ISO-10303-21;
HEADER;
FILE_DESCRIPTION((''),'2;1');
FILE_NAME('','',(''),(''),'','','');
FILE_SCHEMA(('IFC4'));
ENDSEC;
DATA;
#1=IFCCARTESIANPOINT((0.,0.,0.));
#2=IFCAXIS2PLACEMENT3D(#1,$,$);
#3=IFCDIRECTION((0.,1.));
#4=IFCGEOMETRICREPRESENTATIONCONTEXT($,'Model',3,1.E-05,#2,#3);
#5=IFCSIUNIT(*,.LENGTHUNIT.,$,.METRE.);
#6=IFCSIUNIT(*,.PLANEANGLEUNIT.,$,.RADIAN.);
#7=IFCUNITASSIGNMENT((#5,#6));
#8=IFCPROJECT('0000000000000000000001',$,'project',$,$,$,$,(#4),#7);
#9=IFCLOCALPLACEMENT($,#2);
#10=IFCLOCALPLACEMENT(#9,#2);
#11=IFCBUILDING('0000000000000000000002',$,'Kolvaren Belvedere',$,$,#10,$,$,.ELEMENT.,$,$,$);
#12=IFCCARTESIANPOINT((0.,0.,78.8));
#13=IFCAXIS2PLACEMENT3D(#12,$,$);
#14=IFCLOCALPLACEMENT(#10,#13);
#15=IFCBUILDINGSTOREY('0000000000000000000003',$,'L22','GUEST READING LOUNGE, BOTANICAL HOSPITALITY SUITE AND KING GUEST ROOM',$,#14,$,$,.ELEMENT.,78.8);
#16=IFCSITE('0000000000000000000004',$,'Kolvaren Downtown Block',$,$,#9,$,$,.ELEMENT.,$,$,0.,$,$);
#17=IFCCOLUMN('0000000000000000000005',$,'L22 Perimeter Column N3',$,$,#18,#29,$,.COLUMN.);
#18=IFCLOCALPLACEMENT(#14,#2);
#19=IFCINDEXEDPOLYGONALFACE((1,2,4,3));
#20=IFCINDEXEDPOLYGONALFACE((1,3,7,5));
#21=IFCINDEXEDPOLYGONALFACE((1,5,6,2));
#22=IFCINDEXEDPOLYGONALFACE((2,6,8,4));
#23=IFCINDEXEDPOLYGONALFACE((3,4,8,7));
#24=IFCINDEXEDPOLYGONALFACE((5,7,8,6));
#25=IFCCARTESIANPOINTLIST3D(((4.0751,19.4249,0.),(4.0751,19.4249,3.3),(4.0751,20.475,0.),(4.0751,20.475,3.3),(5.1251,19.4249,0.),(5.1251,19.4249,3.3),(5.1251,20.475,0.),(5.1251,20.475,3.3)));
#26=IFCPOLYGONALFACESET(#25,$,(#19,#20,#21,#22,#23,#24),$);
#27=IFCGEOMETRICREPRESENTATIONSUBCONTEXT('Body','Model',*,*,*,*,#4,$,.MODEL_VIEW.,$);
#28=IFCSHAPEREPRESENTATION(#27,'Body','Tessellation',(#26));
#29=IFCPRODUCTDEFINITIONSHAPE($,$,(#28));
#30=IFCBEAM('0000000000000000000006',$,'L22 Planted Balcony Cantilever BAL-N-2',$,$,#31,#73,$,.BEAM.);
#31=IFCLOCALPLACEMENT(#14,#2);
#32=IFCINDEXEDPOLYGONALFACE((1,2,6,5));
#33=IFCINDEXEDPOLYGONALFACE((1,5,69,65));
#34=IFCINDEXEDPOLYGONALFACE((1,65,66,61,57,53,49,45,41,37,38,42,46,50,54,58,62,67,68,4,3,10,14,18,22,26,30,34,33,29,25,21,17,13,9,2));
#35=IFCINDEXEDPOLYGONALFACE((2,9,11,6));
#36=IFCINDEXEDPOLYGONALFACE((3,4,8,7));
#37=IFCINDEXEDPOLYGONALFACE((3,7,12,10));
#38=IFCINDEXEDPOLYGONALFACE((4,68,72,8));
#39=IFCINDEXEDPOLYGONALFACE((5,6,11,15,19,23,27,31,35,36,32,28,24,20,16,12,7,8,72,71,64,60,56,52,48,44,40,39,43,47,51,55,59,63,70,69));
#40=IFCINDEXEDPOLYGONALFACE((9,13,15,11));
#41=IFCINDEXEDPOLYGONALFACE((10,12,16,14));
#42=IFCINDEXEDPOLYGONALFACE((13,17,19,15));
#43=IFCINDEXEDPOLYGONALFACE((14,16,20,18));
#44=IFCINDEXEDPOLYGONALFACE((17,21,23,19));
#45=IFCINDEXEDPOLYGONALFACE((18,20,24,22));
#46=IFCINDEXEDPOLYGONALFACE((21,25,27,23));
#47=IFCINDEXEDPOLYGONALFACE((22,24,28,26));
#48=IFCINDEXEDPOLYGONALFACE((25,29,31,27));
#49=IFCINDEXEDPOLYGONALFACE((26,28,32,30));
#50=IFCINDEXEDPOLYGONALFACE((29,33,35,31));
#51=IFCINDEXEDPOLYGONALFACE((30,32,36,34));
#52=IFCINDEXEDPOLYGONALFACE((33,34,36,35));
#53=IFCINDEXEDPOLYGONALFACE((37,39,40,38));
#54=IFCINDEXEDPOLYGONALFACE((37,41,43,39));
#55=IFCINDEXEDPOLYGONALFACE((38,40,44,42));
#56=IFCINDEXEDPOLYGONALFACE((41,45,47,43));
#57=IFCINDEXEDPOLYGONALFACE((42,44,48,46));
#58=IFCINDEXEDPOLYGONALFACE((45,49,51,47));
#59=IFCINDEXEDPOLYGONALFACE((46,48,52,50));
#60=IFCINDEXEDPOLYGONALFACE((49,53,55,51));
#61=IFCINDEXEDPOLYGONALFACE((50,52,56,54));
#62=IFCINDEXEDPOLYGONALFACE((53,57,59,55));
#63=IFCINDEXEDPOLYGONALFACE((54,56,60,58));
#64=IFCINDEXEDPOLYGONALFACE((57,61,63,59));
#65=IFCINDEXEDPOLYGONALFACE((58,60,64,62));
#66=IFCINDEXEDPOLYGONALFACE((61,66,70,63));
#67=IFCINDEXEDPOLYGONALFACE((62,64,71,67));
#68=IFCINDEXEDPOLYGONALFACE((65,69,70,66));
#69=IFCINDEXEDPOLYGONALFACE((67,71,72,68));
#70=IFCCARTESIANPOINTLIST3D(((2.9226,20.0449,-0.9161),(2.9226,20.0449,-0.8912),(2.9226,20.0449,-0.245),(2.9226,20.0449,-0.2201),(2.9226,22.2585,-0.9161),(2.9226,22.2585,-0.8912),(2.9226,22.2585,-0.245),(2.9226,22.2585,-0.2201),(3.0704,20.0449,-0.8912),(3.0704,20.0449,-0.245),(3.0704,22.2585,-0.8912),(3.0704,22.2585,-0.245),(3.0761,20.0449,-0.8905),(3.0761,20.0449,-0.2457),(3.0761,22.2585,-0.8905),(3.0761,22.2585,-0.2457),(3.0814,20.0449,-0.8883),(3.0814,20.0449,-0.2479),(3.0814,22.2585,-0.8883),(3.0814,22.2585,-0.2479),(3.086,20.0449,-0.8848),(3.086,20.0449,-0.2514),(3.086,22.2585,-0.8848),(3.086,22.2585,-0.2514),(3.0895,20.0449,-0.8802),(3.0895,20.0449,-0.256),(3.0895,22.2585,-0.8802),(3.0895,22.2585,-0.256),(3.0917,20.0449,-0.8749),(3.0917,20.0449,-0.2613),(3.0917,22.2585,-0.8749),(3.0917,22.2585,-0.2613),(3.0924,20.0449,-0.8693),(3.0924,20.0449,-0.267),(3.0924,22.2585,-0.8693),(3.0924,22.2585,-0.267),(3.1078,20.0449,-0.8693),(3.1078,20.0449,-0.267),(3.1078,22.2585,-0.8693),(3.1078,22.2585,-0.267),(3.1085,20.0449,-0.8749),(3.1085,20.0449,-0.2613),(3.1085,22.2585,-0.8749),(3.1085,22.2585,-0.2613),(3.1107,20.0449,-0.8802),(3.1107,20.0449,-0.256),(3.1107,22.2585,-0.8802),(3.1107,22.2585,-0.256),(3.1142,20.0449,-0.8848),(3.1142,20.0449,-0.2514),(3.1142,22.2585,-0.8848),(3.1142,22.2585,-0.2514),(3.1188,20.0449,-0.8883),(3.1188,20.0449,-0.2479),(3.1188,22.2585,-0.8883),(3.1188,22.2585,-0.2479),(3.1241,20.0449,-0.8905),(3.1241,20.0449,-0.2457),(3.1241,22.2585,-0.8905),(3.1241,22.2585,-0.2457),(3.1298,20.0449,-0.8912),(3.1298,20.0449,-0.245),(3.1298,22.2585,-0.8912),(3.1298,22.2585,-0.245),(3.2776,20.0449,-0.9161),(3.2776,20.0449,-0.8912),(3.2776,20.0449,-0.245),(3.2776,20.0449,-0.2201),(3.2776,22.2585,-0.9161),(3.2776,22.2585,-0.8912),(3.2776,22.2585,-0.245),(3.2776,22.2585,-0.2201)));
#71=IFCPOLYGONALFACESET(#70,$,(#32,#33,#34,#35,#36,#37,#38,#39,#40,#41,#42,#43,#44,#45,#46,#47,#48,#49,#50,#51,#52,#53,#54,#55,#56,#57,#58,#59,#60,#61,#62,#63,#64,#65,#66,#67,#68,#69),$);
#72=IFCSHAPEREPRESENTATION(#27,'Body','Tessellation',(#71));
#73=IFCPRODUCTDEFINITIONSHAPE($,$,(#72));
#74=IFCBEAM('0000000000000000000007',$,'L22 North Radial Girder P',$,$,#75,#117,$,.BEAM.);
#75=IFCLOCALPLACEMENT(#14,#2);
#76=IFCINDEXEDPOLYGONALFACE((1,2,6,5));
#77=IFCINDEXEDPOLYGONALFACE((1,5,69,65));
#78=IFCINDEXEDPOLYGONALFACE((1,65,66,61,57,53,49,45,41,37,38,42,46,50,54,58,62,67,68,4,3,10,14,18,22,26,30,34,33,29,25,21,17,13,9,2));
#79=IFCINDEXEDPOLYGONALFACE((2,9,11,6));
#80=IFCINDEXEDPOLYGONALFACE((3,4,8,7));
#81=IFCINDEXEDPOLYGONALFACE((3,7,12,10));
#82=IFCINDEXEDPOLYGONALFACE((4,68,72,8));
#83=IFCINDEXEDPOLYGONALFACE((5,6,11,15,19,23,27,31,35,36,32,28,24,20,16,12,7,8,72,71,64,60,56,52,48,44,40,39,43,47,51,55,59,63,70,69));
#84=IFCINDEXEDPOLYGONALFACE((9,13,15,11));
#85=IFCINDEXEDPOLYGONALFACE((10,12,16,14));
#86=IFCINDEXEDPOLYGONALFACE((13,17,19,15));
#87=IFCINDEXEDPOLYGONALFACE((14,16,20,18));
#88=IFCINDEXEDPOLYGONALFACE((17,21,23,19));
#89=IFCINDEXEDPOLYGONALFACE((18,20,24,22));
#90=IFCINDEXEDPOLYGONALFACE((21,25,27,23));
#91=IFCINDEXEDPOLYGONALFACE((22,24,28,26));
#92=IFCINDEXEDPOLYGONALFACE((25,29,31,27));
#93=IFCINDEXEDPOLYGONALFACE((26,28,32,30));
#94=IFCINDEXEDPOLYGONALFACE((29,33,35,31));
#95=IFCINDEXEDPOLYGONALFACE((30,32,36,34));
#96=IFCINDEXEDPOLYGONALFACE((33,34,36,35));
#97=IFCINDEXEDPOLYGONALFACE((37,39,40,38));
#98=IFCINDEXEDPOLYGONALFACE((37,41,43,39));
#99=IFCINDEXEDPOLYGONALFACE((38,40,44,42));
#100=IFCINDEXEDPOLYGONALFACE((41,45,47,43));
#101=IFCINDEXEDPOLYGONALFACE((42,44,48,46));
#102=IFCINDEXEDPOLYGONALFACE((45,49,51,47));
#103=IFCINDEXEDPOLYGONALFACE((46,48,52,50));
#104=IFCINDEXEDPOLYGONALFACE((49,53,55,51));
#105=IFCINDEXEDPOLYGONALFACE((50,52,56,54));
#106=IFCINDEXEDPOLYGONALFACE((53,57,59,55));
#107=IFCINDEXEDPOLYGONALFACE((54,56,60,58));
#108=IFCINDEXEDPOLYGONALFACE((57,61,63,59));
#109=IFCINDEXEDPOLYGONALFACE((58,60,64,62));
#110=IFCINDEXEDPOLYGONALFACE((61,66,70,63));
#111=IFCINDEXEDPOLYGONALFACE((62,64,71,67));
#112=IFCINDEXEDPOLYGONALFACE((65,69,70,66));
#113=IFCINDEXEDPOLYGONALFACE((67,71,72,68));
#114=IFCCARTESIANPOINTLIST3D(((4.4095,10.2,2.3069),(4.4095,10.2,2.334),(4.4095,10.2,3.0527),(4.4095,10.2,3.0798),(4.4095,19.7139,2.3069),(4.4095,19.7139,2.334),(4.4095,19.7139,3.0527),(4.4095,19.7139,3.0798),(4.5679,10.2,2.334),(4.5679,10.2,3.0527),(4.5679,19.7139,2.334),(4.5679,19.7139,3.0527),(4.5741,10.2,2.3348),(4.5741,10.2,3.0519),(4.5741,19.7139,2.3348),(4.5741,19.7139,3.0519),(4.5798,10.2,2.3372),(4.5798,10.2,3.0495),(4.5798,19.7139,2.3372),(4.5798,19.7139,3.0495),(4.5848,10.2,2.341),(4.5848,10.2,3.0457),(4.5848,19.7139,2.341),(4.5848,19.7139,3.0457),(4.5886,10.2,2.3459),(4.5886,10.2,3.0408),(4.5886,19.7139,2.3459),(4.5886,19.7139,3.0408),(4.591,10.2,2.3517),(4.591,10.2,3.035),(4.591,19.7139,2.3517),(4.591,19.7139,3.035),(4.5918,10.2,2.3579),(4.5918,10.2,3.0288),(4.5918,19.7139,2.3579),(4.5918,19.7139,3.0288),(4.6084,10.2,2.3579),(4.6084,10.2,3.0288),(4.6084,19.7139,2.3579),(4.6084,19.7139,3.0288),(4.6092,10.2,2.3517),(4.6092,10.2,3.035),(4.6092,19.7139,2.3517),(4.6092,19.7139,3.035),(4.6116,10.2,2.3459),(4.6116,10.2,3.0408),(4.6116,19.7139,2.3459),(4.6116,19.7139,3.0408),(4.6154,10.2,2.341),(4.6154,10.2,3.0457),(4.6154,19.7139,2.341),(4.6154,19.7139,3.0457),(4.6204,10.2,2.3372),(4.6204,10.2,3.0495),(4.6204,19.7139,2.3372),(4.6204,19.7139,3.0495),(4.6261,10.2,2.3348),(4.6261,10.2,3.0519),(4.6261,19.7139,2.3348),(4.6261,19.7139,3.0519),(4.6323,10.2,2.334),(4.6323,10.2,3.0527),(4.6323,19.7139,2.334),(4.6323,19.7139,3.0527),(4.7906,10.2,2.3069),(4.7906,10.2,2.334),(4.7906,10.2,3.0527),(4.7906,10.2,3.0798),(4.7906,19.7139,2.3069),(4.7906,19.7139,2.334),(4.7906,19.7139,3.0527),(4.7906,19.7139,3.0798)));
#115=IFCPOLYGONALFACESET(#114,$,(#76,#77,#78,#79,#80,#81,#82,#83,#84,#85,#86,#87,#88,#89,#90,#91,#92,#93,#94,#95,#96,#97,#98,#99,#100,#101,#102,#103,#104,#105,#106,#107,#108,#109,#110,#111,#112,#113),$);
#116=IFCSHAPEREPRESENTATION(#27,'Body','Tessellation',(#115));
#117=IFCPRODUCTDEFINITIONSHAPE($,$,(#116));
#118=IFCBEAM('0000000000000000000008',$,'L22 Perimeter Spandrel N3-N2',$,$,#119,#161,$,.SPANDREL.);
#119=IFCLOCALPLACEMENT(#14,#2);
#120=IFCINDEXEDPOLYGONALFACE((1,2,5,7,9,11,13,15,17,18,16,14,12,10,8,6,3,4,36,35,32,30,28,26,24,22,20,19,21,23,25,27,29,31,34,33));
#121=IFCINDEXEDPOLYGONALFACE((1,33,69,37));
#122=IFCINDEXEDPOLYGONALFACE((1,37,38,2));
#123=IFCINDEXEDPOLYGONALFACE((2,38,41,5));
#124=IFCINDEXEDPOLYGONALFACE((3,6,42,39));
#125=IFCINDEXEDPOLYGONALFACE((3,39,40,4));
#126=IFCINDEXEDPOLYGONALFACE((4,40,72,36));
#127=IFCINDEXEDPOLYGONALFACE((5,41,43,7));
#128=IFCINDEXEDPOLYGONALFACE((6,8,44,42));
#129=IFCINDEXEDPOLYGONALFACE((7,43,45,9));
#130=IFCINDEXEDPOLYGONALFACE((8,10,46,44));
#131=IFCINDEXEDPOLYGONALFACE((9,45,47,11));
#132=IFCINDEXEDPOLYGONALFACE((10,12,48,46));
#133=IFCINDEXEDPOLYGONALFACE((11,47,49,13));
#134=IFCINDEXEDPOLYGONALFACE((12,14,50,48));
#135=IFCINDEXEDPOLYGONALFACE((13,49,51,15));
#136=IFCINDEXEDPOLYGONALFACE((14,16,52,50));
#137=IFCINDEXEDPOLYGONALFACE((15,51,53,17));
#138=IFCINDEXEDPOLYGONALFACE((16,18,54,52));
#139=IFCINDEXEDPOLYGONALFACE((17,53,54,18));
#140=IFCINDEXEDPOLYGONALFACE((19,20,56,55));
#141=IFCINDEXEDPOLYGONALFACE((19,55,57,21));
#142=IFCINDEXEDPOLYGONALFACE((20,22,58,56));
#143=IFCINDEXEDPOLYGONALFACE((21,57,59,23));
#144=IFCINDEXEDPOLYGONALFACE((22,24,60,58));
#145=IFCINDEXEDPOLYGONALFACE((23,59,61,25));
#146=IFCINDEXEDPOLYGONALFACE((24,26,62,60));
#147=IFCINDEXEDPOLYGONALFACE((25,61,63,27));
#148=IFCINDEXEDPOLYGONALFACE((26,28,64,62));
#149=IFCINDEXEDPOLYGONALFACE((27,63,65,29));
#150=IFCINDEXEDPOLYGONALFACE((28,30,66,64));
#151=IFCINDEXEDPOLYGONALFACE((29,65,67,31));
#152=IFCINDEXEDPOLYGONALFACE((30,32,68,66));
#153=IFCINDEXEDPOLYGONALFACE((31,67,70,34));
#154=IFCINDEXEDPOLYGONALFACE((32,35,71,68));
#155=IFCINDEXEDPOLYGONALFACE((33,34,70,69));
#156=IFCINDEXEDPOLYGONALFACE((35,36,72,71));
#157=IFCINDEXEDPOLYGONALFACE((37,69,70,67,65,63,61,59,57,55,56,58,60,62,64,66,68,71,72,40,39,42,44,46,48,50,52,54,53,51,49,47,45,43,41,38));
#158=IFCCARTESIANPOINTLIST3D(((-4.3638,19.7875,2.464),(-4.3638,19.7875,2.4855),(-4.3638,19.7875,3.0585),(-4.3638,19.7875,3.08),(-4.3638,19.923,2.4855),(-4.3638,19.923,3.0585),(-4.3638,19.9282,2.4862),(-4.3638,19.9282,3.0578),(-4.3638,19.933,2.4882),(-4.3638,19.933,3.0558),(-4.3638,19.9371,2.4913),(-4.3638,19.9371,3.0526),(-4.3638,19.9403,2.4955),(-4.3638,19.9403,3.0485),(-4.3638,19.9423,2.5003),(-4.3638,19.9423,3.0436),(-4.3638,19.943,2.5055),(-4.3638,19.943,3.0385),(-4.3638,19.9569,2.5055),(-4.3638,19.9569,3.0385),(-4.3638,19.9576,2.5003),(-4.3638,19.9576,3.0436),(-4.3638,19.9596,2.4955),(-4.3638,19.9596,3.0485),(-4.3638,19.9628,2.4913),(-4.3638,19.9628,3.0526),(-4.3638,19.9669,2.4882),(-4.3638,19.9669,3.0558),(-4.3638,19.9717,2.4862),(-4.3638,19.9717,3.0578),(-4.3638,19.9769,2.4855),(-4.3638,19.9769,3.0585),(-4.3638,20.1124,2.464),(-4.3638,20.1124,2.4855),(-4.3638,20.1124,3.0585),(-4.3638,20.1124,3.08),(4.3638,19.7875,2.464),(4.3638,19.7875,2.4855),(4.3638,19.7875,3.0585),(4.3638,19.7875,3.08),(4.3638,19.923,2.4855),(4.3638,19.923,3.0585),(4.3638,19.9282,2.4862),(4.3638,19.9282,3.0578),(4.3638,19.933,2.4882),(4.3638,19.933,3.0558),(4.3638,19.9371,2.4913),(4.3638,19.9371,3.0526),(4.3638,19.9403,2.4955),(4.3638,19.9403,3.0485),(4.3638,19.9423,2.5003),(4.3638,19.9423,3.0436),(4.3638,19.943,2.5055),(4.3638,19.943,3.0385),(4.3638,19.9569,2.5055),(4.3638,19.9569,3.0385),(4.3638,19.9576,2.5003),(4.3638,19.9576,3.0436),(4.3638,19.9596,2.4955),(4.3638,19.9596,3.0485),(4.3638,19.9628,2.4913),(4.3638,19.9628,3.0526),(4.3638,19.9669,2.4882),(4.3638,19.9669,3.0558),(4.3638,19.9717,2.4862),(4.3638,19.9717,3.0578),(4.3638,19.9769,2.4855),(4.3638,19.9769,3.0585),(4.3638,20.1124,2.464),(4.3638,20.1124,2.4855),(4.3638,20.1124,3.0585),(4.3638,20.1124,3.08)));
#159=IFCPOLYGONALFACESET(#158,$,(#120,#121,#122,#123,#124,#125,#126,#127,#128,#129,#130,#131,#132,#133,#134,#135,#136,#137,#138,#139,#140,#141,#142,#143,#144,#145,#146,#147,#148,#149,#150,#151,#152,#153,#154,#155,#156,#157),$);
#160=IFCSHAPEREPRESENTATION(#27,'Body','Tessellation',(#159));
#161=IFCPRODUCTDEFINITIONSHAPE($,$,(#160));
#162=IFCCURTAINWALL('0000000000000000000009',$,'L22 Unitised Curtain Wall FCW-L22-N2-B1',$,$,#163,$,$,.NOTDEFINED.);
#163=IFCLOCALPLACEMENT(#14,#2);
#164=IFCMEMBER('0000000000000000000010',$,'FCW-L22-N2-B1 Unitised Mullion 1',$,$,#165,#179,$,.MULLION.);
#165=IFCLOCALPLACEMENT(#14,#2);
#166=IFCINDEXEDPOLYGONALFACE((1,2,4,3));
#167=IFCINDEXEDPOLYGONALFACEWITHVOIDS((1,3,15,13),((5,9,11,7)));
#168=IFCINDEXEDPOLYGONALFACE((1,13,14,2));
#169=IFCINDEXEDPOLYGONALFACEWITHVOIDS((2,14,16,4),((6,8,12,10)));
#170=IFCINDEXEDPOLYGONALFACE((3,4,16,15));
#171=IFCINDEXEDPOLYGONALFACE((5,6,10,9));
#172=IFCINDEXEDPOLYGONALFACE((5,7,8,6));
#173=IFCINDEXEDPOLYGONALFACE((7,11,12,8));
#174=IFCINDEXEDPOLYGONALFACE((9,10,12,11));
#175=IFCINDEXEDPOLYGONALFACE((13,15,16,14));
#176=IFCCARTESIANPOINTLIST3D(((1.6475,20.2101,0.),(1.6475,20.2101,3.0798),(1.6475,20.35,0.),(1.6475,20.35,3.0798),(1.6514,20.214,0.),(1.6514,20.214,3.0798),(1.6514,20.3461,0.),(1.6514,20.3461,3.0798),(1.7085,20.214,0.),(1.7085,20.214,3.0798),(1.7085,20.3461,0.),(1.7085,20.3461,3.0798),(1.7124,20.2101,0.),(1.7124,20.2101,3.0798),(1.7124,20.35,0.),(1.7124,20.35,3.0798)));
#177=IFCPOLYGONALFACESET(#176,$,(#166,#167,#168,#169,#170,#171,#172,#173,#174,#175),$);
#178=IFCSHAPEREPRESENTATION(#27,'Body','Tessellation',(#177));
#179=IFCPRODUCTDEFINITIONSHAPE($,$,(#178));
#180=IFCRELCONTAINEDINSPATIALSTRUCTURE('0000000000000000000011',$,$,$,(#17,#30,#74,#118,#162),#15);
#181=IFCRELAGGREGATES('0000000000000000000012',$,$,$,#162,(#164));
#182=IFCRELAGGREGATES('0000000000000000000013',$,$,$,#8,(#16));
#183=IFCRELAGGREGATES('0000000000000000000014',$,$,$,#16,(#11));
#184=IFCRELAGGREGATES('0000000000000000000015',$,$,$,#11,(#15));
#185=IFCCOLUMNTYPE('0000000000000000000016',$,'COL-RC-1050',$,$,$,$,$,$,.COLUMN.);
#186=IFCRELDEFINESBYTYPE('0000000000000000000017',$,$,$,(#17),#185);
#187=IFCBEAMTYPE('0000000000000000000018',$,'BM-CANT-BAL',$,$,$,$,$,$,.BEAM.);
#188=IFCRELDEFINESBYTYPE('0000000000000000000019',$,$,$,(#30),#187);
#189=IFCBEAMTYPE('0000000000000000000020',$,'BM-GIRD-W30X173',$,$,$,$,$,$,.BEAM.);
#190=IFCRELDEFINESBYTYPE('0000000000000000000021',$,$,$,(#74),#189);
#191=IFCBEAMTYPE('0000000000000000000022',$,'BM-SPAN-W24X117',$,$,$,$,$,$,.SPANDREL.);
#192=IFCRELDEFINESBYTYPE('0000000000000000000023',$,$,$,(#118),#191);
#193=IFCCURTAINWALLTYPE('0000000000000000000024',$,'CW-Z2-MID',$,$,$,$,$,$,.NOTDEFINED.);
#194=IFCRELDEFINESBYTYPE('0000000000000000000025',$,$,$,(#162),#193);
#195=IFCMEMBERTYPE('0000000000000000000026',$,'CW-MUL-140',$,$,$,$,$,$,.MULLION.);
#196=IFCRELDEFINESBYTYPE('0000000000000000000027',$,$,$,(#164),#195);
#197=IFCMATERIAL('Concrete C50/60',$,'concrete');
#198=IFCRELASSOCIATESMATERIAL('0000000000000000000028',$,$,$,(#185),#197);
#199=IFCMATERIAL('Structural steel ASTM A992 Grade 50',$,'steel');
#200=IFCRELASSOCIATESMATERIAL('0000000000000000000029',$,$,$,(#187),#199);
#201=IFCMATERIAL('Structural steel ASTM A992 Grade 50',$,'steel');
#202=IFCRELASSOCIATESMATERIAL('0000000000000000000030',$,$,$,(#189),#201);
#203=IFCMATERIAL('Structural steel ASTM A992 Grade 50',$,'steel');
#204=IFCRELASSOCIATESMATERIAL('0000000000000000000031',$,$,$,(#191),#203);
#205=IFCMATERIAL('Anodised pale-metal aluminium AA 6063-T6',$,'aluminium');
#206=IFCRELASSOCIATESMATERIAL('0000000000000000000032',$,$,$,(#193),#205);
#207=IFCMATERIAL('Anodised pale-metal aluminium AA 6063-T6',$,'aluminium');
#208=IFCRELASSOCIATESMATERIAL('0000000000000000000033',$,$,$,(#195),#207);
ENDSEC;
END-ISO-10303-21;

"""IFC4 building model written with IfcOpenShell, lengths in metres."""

from ifc_helpers import new_model, si_unit, direction, frame, origin, origin_2d, place, context, subcontext, project, spatial, rectangle, hollow_rectangle, i_section, extrude, material, material_profile, profile_set, type_object, element, aggregate, save


model = new_model("IFC4")

# Units and contexts
model_context = context("Model", 3, precision=1e-05, world=origin(), true_north=direction((0.0, 1.0)))
body_context = subcontext(model_context, "Body", "Model", "MODEL_VIEW")
ifc_project = project(units=[si_unit("LENGTHUNIT", "METRE"), si_unit("PLANEANGLEUNIT", "RADIAN")], contexts=[model_context])

# Site, building, storey
site_placement = place(None, origin())
site = spatial("IfcSite", under=ifc_project, at=site_placement, Name="Kolvaren Downtown Block", CompositionType="ELEMENT", RefElevation=0.0)
building_placement = place(site_placement, origin())
building = spatial("IfcBuilding", under=site, at=building_placement, Name="Kolvaren Belvedere", CompositionType="ELEMENT")
storey_placement = place(building_placement, frame((0.0, 0.0, 78.8)))
storey = spatial("IfcBuildingStorey", under=building, at=storey_placement, Name="L22", Description="GUEST READING LOUNGE, BOTANICAL HOSPITALITY SUITE AND KING GUEST ROOM", CompositionType="ELEMENT", Elevation=78.8)

# Column
ifc_material_1 = material(Name="Concrete C50/60", Category="concrete")
ifc_material_profile_1 = material_profile(ifc_material_1, rectangle(XDim=1.05, YDim=1.05, at=origin_2d()), Name="RC 1050X1050")
ifc_profile_set_1 = profile_set([ifc_material_profile_1], Name="Concrete C50/60")
column_type = type_object("IfcColumnType", Name="COL-RC-1050", PredefinedType="COLUMN", material=ifc_profile_set_1)
column_placement = place(storey_placement, frame((4.6001, 19.95, 0.0), z_axis=(0.0, 0.0, 1.0), x_axis=(1.0, 0.0, 0.0)))
element("IfcColumn", 1, at=column_placement, inside=storey, type_object=column_type, Name="L22 Perimeter Column N3", PredefinedType="COLUMN", context=body_context, shape_type="SweptSolid", body=[
    extrude(rectangle(XDim=1.05, YDim=1.05, at=origin_2d()), origin(), (0.0, 0.0, 1.0), 3.3),
])

# Beams
ifc_material_2 = material(Name="Structural steel ASTM A992 Grade 50", Category="steel")
ifc_material_profile_2 = material_profile(ifc_material_2, i_section(OverallWidth=0.355, OverallDepth=0.696, WebThickness=0.0154, FlangeThickness=0.0249, FilletRadius=0.022, at=origin_2d()), Name="W27X146")
ifc_profile_set_2 = profile_set([ifc_material_profile_2], Name="Structural steel ASTM A992 Grade 50")
beam_type_1 = type_object("IfcBeamType", Name="BM-CANT-BAL", PredefinedType="BEAM", material=ifc_profile_set_2)
beam_1_placement = place(storey_placement, frame((3.1001, 20.0449, -0.5681), z_axis=(0.0, 1.0, 0.0), x_axis=(-1.0, 0.0, 0.0)))
element("IfcBeam", 2, at=beam_1_placement, inside=storey, type_object=beam_type_1, Name="L22 Planted Balcony Cantilever BAL-N-2", PredefinedType="BEAM", context=body_context, shape_type="SweptSolid", body=[
    extrude(i_section(OverallWidth=0.355, OverallDepth=0.696, WebThickness=0.0154, FlangeThickness=0.0249, FilletRadius=0.022, at=origin_2d()), origin(), (0.0, 0.0, 1.0), 2.2136),
])
ifc_material_3 = material(Name="Structural steel ASTM A992 Grade 50", Category="steel")
ifc_material_profile_3 = material_profile(ifc_material_3, i_section(OverallWidth=0.3811, OverallDepth=0.7729, WebThickness=0.0166, FlangeThickness=0.0271, FilletRadius=0.0239, at=origin_2d()), Name="W30X173")
ifc_profile_set_3 = profile_set([ifc_material_profile_3], Name="Structural steel ASTM A992 Grade 50")
beam_type_2 = type_object("IfcBeamType", Name="BM-GIRD-W30X173", PredefinedType="BEAM", material=ifc_profile_set_3)
beam_2_placement = place(storey_placement, frame((4.6001, 10.2, 2.6934), z_axis=(0.0, 1.0, 0.0), x_axis=(-1.0, 0.0, 0.0)))
element("IfcBeam", 3, at=beam_2_placement, inside=storey, type_object=beam_type_2, Name="L22 North Radial Girder P", PredefinedType="BEAM", context=body_context, shape_type="SweptSolid", body=[
    extrude(i_section(OverallWidth=0.3811, OverallDepth=0.7729, WebThickness=0.0166, FlangeThickness=0.0271, FilletRadius=0.0239, at=origin_2d()), origin(), (0.0, 0.0, 1.0), 9.5139),
])
ifc_material_4 = material(Name="Structural steel ASTM A992 Grade 50", Category="steel")
ifc_material_profile_4 = material_profile(ifc_material_4, i_section(OverallWidth=0.325, OverallDepth=0.616, WebThickness=0.0139, FlangeThickness=0.0215, FilletRadius=0.02, at=origin_2d()), Name="W24X117")
ifc_profile_set_4 = profile_set([ifc_material_profile_4], Name="Structural steel ASTM A992 Grade 50")
beam_type_3 = type_object("IfcBeamType", Name="BM-SPAN-W24X117", PredefinedType="SPANDREL", material=ifc_profile_set_4)
beam_3_placement = place(storey_placement, frame((4.3638, 19.95, 2.772), z_axis=(-1.0, 0.0, 0.0), x_axis=(0.0, -1.0, 0.0)))
element("IfcBeam", 4, at=beam_3_placement, inside=storey, type_object=beam_type_3, Name="L22 Perimeter Spandrel N3-N2", PredefinedType="SPANDREL", context=body_context, shape_type="SweptSolid", body=[
    extrude(i_section(OverallWidth=0.325, OverallDepth=0.616, WebThickness=0.0139, FlangeThickness=0.0215, FilletRadius=0.02, at=origin_2d()), origin(), (0.0, 0.0, 1.0), 8.7275),
])

# Curtain wall, member
ifc_material_5 = material(Name="Anodised pale-metal aluminium AA 6063-T6", Category="aluminium")
curtain_wall_type = type_object("IfcCurtainWallType", Name="CW-Z2-MID", PredefinedType="NOTDEFINED", material=ifc_material_5)
curtain_wall_1_placement = place(storey_placement, origin())
curtain_wall_1 = element("IfcCurtainWall", 5, at=curtain_wall_1_placement, inside=storey, type_object=curtain_wall_type, Name="L22 Unitised Curtain Wall FCW-L22-N2-B1", PredefinedType="NOTDEFINED")
ifc_material_6 = material(Name="Anodised pale-metal aluminium AA 6063-T6", Category="aluminium")
ifc_material_profile_5 = material_profile(ifc_material_6, hollow_rectangle(XDim=0.0649, YDim=0.1399, WallThickness=0.0039, at=origin_2d()), Name="ALU-MUL-140X65")
ifc_profile_set_5 = profile_set([ifc_material_profile_5], Name="Anodised pale-metal aluminium AA 6063-T6")
member_type_1 = type_object("IfcMemberType", Name="CW-MUL-140", PredefinedType="MULLION", material=ifc_profile_set_5)
member_1_placement = place(storey_placement, frame((1.6799, 20.28, 0.0), z_axis=(0.0, 0.0, 1.0), x_axis=(1.0, 0.0, 0.0)))
member_1 = element("IfcMember", 6, at=member_1_placement, type_object=member_type_1, Name="FCW-L22-N2-B1 Unitised Mullion 1", PredefinedType="MULLION", context=body_context, shape_type="SweptSolid", body=[
    extrude(hollow_rectangle(XDim=0.0649, YDim=0.1399, WallThickness=0.0039, at=origin_2d()), origin(), (0.0, 0.0, 1.0), 3.0798),
])

aggregate(curtain_wall_1, [member_1])

save(model, "model.ifc")
